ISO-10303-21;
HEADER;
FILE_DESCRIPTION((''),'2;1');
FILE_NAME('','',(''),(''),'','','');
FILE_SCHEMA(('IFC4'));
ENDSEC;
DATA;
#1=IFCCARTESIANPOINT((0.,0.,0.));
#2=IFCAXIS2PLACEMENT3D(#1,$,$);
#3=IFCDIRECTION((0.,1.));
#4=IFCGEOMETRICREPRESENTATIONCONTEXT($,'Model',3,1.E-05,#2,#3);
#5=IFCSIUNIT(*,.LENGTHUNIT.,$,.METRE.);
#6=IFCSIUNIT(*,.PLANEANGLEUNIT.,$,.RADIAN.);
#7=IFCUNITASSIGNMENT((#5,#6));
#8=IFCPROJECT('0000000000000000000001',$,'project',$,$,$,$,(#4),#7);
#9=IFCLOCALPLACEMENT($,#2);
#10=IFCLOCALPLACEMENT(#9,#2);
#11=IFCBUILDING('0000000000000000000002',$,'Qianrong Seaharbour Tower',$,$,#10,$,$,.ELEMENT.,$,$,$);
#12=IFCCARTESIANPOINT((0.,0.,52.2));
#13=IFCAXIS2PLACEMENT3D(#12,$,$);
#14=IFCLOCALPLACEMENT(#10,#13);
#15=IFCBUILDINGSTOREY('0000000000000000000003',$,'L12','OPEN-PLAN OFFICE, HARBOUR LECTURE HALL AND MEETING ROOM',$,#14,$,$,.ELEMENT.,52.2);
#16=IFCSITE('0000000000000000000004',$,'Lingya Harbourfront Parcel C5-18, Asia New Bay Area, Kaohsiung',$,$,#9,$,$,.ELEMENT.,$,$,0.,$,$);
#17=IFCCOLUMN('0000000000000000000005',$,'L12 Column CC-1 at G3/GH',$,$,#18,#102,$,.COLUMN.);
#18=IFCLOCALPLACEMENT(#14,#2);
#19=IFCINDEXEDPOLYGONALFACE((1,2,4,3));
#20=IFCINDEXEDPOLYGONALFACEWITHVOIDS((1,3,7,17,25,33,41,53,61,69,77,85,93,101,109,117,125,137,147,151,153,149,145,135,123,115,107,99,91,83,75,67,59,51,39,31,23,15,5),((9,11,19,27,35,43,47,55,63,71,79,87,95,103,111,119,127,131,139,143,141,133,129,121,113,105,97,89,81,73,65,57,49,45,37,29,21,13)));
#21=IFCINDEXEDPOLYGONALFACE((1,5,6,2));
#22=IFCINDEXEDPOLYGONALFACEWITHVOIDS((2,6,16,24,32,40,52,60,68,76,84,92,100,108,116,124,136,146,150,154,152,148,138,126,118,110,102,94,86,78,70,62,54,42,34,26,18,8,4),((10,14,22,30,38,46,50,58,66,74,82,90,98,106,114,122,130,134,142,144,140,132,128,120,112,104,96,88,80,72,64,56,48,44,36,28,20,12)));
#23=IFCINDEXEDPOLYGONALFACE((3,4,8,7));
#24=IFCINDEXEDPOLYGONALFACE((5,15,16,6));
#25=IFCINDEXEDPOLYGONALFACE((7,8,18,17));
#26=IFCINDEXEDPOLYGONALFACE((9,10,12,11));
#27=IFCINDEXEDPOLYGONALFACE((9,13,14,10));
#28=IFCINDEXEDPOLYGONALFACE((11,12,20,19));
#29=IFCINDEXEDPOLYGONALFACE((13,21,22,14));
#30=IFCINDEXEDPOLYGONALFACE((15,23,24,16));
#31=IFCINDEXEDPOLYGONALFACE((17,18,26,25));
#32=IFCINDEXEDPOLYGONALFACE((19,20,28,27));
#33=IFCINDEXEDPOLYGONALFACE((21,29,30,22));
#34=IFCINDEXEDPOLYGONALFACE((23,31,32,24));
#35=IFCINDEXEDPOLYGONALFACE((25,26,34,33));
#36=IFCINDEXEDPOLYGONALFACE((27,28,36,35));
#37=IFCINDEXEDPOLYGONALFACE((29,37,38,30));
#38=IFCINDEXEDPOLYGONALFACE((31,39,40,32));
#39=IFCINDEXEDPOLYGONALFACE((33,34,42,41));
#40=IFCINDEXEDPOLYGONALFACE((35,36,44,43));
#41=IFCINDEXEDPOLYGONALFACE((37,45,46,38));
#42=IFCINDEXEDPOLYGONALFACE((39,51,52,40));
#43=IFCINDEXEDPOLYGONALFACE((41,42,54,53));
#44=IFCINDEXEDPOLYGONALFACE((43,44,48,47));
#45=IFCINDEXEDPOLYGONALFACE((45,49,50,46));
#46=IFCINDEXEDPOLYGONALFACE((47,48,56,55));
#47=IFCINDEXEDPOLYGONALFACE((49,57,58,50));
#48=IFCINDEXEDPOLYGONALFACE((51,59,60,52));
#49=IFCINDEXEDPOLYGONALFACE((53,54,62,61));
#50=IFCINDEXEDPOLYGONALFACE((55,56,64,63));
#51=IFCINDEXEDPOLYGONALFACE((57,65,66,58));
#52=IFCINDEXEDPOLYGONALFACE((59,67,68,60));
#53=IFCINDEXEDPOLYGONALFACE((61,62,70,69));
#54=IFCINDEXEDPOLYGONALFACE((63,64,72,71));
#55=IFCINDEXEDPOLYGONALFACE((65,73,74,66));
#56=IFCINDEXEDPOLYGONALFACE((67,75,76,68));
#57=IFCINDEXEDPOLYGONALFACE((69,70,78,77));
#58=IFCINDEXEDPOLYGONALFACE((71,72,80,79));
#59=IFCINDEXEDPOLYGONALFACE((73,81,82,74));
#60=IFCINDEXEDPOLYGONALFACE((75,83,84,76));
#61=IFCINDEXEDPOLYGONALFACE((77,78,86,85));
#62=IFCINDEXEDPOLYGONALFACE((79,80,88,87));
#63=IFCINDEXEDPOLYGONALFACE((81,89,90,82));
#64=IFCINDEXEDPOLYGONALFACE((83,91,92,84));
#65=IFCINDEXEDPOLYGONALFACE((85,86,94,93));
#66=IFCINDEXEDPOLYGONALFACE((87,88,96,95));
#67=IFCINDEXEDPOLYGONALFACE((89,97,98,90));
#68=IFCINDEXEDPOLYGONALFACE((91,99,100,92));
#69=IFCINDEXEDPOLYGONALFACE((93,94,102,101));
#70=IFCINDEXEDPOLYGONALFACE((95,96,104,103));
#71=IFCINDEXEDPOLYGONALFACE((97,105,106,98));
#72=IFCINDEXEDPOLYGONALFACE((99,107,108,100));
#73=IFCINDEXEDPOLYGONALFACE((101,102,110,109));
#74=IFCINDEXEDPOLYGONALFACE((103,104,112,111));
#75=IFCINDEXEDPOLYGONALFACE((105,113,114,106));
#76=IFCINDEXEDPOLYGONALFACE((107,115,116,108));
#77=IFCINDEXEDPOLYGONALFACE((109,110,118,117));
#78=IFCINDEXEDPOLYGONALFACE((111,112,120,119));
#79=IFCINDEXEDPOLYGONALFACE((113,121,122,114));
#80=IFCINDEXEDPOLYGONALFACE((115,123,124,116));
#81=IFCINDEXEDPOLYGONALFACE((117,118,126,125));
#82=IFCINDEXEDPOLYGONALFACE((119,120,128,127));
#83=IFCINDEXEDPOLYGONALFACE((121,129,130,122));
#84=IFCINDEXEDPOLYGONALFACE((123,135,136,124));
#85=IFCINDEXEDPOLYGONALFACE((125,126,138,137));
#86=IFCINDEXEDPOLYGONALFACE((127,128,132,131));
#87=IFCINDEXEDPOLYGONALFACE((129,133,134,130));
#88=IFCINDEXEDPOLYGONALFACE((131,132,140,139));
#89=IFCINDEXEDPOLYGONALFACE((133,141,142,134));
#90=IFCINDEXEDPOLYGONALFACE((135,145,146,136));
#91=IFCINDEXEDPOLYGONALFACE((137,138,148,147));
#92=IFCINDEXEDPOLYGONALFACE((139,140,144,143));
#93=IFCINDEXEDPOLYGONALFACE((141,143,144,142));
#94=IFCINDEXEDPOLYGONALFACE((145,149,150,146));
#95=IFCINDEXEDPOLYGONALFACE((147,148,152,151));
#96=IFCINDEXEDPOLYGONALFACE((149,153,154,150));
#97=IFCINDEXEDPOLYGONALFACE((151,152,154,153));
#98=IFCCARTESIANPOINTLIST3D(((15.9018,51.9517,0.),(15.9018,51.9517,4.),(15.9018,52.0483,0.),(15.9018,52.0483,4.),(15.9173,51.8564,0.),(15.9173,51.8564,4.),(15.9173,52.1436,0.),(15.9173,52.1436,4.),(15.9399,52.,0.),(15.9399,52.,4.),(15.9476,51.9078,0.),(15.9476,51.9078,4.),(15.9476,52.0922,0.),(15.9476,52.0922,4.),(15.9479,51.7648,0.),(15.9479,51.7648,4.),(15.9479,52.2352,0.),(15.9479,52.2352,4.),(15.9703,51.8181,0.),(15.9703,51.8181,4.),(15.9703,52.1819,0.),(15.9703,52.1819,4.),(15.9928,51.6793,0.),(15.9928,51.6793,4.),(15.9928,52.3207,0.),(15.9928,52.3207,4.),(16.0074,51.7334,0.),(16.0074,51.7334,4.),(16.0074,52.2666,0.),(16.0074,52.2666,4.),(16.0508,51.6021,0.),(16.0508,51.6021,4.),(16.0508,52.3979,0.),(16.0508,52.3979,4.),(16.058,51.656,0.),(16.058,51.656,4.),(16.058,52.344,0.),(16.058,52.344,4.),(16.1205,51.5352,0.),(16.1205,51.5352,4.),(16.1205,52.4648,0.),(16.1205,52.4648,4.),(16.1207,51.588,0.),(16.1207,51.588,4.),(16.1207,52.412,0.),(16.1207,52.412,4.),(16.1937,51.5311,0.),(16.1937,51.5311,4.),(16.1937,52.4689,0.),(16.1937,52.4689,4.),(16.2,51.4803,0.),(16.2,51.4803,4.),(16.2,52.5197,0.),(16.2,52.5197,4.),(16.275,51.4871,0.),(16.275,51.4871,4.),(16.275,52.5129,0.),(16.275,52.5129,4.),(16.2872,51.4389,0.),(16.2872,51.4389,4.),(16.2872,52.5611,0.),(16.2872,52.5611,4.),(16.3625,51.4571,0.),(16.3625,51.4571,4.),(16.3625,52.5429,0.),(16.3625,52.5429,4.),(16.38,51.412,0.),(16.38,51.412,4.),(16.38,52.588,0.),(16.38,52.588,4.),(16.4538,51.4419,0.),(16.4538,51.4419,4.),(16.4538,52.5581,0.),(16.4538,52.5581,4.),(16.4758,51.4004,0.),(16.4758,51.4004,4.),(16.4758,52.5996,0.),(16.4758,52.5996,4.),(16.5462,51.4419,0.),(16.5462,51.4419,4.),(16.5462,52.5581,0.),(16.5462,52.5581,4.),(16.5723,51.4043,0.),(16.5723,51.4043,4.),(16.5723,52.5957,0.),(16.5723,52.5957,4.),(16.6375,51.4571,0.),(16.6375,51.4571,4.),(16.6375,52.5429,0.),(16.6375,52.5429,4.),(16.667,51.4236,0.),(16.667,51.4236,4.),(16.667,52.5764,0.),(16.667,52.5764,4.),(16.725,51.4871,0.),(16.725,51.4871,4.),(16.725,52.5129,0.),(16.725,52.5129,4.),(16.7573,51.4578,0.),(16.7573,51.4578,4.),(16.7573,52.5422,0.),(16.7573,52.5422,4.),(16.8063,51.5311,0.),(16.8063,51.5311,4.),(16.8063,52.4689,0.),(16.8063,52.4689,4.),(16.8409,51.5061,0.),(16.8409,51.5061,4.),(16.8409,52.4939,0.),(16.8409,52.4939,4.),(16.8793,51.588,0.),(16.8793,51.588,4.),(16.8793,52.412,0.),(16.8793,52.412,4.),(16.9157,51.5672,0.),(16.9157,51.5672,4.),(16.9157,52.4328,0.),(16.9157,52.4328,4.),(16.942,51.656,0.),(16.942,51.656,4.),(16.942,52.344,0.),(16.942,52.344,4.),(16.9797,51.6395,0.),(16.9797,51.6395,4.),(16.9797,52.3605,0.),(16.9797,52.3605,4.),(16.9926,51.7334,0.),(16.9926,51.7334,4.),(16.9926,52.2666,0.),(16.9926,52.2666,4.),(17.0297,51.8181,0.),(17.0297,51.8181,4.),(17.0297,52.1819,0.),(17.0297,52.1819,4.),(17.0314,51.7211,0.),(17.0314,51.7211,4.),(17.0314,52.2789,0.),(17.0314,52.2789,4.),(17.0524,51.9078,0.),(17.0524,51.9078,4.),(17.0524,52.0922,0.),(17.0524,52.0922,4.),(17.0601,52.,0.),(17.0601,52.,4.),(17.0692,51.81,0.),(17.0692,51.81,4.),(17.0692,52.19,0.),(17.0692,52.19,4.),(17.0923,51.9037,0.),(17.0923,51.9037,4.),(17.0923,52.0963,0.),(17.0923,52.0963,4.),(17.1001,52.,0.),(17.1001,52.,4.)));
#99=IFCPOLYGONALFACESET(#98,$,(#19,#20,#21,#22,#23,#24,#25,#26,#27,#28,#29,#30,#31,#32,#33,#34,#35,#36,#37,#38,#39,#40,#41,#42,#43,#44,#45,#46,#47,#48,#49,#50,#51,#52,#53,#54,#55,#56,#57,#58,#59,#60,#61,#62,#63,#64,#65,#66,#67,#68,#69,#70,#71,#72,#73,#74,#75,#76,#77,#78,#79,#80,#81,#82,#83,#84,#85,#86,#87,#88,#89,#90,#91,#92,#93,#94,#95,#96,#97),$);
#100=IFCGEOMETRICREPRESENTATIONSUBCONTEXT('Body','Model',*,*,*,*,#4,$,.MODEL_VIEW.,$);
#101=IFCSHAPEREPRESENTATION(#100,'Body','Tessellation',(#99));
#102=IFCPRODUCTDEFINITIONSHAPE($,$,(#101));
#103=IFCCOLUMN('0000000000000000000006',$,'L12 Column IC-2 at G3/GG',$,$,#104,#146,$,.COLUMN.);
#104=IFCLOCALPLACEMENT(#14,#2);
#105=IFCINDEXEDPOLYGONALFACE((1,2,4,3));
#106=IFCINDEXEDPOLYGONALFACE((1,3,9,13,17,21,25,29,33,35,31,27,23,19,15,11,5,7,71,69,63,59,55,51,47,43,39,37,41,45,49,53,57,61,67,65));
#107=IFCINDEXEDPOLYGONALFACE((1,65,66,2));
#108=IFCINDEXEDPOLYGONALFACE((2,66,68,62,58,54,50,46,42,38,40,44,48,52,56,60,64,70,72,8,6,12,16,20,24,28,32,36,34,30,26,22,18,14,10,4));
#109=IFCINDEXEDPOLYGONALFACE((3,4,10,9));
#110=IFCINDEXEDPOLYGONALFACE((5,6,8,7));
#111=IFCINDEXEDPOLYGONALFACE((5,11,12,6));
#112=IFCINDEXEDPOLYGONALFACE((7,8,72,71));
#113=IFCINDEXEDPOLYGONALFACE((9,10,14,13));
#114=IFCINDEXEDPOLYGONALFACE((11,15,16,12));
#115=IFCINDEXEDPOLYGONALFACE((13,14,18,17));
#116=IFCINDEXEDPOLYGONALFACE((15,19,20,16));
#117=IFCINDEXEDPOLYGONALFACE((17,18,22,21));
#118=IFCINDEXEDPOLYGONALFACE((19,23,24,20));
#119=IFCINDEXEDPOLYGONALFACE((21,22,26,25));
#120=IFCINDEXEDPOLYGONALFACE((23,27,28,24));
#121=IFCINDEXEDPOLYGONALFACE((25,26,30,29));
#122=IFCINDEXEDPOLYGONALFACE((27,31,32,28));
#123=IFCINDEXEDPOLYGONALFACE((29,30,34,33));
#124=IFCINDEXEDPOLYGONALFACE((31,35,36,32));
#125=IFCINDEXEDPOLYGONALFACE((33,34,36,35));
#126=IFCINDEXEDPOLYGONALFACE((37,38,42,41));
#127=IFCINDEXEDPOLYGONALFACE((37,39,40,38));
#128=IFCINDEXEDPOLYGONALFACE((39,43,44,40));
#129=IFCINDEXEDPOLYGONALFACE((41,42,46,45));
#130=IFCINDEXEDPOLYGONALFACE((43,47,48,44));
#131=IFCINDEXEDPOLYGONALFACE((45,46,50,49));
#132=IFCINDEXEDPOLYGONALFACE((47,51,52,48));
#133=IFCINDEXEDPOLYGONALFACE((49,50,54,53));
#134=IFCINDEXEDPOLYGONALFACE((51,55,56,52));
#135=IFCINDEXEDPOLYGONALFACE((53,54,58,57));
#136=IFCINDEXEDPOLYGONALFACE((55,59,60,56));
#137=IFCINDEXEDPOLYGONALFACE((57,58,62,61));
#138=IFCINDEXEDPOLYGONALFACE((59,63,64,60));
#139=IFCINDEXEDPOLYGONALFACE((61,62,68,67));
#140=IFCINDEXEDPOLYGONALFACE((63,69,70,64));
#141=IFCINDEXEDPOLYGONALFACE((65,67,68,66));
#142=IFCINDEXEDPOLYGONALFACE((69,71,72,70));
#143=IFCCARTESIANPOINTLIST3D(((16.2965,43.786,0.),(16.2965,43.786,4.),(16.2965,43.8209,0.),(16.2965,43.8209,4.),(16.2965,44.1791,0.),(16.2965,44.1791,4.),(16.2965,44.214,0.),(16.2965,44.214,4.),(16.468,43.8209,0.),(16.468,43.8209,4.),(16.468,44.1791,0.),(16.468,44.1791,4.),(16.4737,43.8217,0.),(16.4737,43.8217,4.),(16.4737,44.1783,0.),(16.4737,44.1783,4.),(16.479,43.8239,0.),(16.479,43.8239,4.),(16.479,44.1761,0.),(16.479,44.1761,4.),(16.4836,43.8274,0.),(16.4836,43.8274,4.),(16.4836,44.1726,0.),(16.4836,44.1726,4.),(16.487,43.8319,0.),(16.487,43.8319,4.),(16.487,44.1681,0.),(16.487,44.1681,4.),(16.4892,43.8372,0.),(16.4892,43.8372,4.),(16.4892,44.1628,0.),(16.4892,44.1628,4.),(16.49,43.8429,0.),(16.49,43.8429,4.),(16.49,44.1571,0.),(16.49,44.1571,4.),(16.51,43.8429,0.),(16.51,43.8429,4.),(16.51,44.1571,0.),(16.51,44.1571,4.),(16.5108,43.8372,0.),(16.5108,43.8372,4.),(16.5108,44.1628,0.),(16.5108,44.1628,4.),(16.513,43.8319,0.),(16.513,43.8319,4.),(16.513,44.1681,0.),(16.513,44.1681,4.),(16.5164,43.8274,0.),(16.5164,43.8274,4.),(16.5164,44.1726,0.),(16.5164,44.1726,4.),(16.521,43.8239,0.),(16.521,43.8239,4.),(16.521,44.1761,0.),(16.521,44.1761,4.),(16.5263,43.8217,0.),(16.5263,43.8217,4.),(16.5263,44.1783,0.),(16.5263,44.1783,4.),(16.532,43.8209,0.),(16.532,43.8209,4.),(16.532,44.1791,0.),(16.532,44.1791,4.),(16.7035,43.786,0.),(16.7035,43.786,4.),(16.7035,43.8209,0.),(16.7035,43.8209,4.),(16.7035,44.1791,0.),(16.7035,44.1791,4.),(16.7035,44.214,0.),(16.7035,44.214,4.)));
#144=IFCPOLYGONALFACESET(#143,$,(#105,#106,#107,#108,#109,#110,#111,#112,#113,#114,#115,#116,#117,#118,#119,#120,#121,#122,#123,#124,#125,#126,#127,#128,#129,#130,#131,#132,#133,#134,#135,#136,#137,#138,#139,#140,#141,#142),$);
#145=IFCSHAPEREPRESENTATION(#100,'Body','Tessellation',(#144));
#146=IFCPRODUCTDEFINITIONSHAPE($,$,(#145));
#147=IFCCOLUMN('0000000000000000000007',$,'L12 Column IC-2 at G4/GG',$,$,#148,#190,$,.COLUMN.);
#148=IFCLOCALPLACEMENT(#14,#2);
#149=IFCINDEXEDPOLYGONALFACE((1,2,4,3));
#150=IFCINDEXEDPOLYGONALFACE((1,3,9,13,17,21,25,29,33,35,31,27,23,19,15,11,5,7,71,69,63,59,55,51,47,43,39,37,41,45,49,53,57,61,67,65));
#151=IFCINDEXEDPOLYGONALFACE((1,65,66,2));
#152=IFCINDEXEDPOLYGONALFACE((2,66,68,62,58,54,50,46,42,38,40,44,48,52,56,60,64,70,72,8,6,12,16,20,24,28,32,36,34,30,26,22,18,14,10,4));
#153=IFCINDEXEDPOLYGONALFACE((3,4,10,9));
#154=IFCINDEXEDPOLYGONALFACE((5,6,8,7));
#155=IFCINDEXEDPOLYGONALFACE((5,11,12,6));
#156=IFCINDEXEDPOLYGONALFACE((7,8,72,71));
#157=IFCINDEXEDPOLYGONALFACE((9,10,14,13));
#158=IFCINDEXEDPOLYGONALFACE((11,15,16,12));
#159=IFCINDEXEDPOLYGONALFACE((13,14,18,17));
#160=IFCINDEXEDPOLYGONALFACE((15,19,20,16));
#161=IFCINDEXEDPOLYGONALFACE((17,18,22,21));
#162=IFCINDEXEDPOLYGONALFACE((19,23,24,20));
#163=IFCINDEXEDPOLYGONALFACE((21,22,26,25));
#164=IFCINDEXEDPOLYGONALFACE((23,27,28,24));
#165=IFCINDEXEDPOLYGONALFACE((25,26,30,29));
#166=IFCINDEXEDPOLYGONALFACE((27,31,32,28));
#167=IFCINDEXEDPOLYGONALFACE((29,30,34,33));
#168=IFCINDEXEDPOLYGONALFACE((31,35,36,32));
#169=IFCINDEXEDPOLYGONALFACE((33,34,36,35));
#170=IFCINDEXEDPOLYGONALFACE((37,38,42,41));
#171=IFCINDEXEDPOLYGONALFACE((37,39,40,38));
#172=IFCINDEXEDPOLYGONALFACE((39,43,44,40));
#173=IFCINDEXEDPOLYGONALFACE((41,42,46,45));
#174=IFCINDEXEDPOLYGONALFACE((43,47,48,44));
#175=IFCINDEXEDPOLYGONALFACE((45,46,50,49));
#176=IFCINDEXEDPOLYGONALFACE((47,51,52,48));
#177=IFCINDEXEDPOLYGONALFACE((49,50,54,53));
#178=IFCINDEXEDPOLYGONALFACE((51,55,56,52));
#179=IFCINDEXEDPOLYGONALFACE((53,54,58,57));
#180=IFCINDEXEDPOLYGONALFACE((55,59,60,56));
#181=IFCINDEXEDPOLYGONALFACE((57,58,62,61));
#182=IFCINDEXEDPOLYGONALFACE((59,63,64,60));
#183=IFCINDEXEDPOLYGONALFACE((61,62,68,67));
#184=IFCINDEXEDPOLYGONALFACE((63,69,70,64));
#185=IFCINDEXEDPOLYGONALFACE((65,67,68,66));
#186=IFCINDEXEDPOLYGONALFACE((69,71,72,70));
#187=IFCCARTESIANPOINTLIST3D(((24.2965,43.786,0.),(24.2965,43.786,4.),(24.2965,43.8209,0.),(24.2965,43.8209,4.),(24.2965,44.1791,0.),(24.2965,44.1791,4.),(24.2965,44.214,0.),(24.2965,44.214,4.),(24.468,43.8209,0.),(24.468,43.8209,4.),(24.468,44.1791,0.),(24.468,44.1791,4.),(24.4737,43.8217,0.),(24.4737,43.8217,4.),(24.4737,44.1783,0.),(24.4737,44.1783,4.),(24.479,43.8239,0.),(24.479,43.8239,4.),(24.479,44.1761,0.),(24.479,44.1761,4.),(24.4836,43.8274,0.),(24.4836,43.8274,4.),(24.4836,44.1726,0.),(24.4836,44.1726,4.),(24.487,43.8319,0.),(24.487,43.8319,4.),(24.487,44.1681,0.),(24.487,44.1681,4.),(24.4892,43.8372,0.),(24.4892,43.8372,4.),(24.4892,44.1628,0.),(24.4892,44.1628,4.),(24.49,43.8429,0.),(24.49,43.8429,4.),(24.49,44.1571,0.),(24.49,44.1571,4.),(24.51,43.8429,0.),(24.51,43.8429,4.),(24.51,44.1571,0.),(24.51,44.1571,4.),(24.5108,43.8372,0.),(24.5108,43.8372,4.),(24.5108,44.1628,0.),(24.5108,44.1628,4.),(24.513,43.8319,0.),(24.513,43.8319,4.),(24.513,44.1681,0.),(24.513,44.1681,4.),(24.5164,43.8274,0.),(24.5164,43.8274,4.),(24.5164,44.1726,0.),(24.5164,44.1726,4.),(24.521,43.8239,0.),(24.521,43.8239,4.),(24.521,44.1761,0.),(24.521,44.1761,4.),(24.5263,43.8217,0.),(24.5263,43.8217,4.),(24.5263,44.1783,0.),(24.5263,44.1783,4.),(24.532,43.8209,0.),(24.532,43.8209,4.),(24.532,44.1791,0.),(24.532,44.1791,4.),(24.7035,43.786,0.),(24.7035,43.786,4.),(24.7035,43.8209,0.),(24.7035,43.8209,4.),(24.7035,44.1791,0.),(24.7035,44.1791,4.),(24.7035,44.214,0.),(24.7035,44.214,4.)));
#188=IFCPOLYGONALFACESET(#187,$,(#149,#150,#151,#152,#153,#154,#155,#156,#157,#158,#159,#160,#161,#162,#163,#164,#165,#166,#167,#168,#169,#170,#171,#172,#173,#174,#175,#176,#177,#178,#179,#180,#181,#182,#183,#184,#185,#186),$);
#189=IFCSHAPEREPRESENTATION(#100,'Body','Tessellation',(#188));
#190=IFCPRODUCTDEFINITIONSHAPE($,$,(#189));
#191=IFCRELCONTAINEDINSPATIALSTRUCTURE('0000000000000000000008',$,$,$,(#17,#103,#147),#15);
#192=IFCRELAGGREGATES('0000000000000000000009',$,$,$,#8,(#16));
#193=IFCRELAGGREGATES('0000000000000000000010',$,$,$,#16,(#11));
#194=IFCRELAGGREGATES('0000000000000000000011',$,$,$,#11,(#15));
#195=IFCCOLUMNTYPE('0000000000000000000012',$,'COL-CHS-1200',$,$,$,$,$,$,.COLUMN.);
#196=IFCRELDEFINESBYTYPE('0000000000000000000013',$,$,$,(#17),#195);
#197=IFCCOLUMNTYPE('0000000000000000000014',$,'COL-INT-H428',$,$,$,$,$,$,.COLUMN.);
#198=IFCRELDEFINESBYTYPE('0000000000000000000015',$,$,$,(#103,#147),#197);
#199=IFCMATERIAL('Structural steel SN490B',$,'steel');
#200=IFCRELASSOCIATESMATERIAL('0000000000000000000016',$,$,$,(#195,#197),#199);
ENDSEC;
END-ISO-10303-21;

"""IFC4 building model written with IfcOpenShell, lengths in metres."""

from ifc_helpers import new_model, si_unit, direction, frame, origin, origin_2d, place, context, subcontext, project, spatial, hollow_circle, i_section, extrude, material, material_profile, profile_set, type_object, element, save


model = new_model("IFC4")

# Units and contexts
model_context = context("Model", 3, precision=1e-05, world=origin(), true_north=direction((0.0, 1.0)))
body_context = subcontext(model_context, "Body", "Model", "MODEL_VIEW")
ifc_project = project(units=[si_unit("LENGTHUNIT", "METRE"), si_unit("PLANEANGLEUNIT", "RADIAN")], contexts=[model_context])

# Site, building, storey
site_placement = place(None, origin())
site = spatial("IfcSite", under=ifc_project, at=site_placement, Name="Lingya Harbourfront Parcel C5-18, Asia New Bay Area, Kaohsiung", CompositionType="ELEMENT", RefElevation=0.0)
building_placement = place(site_placement, origin())
building = spatial("IfcBuilding", under=site, at=building_placement, Name="Qianrong Seaharbour Tower", CompositionType="ELEMENT")
storey_placement = place(building_placement, frame((0.0, 0.0, 52.2)))
storey = spatial("IfcBuildingStorey", under=building, at=storey_placement, Name="L12", Description="OPEN-PLAN OFFICE, HARBOUR LECTURE HALL AND MEETING ROOM", CompositionType="ELEMENT", Elevation=52.2)

# Columns
ifc_material_1 = material(Name="Structural steel SN490B", Category="steel")
ifc_material_profile_1 = material_profile(ifc_material_1, hollow_circle(Radius=0.6001, WallThickness=0.04, at=origin_2d()), Name="CHS1200x40")
ifc_profile_set_1 = profile_set([ifc_material_profile_1], Name="Structural steel SN490B")
column_type_1 = type_object("IfcColumnType", Name="COL-CHS-1200", PredefinedType="COLUMN", material=ifc_profile_set_1)
column_placement = place(storey_placement, frame((16.5, 52.0, 0.0), z_axis=(0.0, 0.0, 1.0), x_axis=(1.0, 0.0, 0.0)))
element("IfcColumn", 1, at=column_placement, inside=storey, type_object=column_type_1, Name="L12 Column CC-1 at G3/GH", PredefinedType="COLUMN", context=body_context, shape_type="SweptSolid", body=[
    extrude(hollow_circle(Radius=0.6001, WallThickness=0.04, at=origin_2d()), origin(), (0.0, 0.0, 1.0), 4.0),
])
ifc_material_profile_2 = material_profile(ifc_material_1, i_section(OverallWidth=0.407, OverallDepth=0.428, WebThickness=0.02, FlangeThickness=0.0349, FilletRadius=0.022, at=origin_2d()), Name="H428x407x20x35")
ifc_profile_set_2 = profile_set([ifc_material_profile_2], Name="Structural steel SN490B")
column_type_2 = type_object("IfcColumnType", Name="COL-INT-H428", PredefinedType="COLUMN", material=ifc_profile_set_2)
for number, where, z_axis, x_axis, name in (
    (2, (16.5, 44.0, 0.0), (0.0, 0.0, 1.0), (1.0, 0.0, 0.0), "L12 Column IC-2 at G3/GG"),
    (3, (24.5, 44.0, 0.0), (0.0, 0.0, 1.0), (1.0, 0.0, 0.0), "L12 Column IC-2 at G4/GG"),
):
    element("IfcColumn", number, at=place(storey_placement, frame(where, z_axis=z_axis, x_axis=x_axis)), inside=storey, type_object=column_type_2, Name=name, PredefinedType="COLUMN", context=body_context, shape_type="SweptSolid", body=[
        extrude(i_section(OverallWidth=0.407, OverallDepth=0.428, WebThickness=0.02, FlangeThickness=0.0349, FilletRadius=0.022, at=origin_2d()), origin(), (0.0, 0.0, 1.0), 4.0),
    ])

save(model, "model.ifc")
